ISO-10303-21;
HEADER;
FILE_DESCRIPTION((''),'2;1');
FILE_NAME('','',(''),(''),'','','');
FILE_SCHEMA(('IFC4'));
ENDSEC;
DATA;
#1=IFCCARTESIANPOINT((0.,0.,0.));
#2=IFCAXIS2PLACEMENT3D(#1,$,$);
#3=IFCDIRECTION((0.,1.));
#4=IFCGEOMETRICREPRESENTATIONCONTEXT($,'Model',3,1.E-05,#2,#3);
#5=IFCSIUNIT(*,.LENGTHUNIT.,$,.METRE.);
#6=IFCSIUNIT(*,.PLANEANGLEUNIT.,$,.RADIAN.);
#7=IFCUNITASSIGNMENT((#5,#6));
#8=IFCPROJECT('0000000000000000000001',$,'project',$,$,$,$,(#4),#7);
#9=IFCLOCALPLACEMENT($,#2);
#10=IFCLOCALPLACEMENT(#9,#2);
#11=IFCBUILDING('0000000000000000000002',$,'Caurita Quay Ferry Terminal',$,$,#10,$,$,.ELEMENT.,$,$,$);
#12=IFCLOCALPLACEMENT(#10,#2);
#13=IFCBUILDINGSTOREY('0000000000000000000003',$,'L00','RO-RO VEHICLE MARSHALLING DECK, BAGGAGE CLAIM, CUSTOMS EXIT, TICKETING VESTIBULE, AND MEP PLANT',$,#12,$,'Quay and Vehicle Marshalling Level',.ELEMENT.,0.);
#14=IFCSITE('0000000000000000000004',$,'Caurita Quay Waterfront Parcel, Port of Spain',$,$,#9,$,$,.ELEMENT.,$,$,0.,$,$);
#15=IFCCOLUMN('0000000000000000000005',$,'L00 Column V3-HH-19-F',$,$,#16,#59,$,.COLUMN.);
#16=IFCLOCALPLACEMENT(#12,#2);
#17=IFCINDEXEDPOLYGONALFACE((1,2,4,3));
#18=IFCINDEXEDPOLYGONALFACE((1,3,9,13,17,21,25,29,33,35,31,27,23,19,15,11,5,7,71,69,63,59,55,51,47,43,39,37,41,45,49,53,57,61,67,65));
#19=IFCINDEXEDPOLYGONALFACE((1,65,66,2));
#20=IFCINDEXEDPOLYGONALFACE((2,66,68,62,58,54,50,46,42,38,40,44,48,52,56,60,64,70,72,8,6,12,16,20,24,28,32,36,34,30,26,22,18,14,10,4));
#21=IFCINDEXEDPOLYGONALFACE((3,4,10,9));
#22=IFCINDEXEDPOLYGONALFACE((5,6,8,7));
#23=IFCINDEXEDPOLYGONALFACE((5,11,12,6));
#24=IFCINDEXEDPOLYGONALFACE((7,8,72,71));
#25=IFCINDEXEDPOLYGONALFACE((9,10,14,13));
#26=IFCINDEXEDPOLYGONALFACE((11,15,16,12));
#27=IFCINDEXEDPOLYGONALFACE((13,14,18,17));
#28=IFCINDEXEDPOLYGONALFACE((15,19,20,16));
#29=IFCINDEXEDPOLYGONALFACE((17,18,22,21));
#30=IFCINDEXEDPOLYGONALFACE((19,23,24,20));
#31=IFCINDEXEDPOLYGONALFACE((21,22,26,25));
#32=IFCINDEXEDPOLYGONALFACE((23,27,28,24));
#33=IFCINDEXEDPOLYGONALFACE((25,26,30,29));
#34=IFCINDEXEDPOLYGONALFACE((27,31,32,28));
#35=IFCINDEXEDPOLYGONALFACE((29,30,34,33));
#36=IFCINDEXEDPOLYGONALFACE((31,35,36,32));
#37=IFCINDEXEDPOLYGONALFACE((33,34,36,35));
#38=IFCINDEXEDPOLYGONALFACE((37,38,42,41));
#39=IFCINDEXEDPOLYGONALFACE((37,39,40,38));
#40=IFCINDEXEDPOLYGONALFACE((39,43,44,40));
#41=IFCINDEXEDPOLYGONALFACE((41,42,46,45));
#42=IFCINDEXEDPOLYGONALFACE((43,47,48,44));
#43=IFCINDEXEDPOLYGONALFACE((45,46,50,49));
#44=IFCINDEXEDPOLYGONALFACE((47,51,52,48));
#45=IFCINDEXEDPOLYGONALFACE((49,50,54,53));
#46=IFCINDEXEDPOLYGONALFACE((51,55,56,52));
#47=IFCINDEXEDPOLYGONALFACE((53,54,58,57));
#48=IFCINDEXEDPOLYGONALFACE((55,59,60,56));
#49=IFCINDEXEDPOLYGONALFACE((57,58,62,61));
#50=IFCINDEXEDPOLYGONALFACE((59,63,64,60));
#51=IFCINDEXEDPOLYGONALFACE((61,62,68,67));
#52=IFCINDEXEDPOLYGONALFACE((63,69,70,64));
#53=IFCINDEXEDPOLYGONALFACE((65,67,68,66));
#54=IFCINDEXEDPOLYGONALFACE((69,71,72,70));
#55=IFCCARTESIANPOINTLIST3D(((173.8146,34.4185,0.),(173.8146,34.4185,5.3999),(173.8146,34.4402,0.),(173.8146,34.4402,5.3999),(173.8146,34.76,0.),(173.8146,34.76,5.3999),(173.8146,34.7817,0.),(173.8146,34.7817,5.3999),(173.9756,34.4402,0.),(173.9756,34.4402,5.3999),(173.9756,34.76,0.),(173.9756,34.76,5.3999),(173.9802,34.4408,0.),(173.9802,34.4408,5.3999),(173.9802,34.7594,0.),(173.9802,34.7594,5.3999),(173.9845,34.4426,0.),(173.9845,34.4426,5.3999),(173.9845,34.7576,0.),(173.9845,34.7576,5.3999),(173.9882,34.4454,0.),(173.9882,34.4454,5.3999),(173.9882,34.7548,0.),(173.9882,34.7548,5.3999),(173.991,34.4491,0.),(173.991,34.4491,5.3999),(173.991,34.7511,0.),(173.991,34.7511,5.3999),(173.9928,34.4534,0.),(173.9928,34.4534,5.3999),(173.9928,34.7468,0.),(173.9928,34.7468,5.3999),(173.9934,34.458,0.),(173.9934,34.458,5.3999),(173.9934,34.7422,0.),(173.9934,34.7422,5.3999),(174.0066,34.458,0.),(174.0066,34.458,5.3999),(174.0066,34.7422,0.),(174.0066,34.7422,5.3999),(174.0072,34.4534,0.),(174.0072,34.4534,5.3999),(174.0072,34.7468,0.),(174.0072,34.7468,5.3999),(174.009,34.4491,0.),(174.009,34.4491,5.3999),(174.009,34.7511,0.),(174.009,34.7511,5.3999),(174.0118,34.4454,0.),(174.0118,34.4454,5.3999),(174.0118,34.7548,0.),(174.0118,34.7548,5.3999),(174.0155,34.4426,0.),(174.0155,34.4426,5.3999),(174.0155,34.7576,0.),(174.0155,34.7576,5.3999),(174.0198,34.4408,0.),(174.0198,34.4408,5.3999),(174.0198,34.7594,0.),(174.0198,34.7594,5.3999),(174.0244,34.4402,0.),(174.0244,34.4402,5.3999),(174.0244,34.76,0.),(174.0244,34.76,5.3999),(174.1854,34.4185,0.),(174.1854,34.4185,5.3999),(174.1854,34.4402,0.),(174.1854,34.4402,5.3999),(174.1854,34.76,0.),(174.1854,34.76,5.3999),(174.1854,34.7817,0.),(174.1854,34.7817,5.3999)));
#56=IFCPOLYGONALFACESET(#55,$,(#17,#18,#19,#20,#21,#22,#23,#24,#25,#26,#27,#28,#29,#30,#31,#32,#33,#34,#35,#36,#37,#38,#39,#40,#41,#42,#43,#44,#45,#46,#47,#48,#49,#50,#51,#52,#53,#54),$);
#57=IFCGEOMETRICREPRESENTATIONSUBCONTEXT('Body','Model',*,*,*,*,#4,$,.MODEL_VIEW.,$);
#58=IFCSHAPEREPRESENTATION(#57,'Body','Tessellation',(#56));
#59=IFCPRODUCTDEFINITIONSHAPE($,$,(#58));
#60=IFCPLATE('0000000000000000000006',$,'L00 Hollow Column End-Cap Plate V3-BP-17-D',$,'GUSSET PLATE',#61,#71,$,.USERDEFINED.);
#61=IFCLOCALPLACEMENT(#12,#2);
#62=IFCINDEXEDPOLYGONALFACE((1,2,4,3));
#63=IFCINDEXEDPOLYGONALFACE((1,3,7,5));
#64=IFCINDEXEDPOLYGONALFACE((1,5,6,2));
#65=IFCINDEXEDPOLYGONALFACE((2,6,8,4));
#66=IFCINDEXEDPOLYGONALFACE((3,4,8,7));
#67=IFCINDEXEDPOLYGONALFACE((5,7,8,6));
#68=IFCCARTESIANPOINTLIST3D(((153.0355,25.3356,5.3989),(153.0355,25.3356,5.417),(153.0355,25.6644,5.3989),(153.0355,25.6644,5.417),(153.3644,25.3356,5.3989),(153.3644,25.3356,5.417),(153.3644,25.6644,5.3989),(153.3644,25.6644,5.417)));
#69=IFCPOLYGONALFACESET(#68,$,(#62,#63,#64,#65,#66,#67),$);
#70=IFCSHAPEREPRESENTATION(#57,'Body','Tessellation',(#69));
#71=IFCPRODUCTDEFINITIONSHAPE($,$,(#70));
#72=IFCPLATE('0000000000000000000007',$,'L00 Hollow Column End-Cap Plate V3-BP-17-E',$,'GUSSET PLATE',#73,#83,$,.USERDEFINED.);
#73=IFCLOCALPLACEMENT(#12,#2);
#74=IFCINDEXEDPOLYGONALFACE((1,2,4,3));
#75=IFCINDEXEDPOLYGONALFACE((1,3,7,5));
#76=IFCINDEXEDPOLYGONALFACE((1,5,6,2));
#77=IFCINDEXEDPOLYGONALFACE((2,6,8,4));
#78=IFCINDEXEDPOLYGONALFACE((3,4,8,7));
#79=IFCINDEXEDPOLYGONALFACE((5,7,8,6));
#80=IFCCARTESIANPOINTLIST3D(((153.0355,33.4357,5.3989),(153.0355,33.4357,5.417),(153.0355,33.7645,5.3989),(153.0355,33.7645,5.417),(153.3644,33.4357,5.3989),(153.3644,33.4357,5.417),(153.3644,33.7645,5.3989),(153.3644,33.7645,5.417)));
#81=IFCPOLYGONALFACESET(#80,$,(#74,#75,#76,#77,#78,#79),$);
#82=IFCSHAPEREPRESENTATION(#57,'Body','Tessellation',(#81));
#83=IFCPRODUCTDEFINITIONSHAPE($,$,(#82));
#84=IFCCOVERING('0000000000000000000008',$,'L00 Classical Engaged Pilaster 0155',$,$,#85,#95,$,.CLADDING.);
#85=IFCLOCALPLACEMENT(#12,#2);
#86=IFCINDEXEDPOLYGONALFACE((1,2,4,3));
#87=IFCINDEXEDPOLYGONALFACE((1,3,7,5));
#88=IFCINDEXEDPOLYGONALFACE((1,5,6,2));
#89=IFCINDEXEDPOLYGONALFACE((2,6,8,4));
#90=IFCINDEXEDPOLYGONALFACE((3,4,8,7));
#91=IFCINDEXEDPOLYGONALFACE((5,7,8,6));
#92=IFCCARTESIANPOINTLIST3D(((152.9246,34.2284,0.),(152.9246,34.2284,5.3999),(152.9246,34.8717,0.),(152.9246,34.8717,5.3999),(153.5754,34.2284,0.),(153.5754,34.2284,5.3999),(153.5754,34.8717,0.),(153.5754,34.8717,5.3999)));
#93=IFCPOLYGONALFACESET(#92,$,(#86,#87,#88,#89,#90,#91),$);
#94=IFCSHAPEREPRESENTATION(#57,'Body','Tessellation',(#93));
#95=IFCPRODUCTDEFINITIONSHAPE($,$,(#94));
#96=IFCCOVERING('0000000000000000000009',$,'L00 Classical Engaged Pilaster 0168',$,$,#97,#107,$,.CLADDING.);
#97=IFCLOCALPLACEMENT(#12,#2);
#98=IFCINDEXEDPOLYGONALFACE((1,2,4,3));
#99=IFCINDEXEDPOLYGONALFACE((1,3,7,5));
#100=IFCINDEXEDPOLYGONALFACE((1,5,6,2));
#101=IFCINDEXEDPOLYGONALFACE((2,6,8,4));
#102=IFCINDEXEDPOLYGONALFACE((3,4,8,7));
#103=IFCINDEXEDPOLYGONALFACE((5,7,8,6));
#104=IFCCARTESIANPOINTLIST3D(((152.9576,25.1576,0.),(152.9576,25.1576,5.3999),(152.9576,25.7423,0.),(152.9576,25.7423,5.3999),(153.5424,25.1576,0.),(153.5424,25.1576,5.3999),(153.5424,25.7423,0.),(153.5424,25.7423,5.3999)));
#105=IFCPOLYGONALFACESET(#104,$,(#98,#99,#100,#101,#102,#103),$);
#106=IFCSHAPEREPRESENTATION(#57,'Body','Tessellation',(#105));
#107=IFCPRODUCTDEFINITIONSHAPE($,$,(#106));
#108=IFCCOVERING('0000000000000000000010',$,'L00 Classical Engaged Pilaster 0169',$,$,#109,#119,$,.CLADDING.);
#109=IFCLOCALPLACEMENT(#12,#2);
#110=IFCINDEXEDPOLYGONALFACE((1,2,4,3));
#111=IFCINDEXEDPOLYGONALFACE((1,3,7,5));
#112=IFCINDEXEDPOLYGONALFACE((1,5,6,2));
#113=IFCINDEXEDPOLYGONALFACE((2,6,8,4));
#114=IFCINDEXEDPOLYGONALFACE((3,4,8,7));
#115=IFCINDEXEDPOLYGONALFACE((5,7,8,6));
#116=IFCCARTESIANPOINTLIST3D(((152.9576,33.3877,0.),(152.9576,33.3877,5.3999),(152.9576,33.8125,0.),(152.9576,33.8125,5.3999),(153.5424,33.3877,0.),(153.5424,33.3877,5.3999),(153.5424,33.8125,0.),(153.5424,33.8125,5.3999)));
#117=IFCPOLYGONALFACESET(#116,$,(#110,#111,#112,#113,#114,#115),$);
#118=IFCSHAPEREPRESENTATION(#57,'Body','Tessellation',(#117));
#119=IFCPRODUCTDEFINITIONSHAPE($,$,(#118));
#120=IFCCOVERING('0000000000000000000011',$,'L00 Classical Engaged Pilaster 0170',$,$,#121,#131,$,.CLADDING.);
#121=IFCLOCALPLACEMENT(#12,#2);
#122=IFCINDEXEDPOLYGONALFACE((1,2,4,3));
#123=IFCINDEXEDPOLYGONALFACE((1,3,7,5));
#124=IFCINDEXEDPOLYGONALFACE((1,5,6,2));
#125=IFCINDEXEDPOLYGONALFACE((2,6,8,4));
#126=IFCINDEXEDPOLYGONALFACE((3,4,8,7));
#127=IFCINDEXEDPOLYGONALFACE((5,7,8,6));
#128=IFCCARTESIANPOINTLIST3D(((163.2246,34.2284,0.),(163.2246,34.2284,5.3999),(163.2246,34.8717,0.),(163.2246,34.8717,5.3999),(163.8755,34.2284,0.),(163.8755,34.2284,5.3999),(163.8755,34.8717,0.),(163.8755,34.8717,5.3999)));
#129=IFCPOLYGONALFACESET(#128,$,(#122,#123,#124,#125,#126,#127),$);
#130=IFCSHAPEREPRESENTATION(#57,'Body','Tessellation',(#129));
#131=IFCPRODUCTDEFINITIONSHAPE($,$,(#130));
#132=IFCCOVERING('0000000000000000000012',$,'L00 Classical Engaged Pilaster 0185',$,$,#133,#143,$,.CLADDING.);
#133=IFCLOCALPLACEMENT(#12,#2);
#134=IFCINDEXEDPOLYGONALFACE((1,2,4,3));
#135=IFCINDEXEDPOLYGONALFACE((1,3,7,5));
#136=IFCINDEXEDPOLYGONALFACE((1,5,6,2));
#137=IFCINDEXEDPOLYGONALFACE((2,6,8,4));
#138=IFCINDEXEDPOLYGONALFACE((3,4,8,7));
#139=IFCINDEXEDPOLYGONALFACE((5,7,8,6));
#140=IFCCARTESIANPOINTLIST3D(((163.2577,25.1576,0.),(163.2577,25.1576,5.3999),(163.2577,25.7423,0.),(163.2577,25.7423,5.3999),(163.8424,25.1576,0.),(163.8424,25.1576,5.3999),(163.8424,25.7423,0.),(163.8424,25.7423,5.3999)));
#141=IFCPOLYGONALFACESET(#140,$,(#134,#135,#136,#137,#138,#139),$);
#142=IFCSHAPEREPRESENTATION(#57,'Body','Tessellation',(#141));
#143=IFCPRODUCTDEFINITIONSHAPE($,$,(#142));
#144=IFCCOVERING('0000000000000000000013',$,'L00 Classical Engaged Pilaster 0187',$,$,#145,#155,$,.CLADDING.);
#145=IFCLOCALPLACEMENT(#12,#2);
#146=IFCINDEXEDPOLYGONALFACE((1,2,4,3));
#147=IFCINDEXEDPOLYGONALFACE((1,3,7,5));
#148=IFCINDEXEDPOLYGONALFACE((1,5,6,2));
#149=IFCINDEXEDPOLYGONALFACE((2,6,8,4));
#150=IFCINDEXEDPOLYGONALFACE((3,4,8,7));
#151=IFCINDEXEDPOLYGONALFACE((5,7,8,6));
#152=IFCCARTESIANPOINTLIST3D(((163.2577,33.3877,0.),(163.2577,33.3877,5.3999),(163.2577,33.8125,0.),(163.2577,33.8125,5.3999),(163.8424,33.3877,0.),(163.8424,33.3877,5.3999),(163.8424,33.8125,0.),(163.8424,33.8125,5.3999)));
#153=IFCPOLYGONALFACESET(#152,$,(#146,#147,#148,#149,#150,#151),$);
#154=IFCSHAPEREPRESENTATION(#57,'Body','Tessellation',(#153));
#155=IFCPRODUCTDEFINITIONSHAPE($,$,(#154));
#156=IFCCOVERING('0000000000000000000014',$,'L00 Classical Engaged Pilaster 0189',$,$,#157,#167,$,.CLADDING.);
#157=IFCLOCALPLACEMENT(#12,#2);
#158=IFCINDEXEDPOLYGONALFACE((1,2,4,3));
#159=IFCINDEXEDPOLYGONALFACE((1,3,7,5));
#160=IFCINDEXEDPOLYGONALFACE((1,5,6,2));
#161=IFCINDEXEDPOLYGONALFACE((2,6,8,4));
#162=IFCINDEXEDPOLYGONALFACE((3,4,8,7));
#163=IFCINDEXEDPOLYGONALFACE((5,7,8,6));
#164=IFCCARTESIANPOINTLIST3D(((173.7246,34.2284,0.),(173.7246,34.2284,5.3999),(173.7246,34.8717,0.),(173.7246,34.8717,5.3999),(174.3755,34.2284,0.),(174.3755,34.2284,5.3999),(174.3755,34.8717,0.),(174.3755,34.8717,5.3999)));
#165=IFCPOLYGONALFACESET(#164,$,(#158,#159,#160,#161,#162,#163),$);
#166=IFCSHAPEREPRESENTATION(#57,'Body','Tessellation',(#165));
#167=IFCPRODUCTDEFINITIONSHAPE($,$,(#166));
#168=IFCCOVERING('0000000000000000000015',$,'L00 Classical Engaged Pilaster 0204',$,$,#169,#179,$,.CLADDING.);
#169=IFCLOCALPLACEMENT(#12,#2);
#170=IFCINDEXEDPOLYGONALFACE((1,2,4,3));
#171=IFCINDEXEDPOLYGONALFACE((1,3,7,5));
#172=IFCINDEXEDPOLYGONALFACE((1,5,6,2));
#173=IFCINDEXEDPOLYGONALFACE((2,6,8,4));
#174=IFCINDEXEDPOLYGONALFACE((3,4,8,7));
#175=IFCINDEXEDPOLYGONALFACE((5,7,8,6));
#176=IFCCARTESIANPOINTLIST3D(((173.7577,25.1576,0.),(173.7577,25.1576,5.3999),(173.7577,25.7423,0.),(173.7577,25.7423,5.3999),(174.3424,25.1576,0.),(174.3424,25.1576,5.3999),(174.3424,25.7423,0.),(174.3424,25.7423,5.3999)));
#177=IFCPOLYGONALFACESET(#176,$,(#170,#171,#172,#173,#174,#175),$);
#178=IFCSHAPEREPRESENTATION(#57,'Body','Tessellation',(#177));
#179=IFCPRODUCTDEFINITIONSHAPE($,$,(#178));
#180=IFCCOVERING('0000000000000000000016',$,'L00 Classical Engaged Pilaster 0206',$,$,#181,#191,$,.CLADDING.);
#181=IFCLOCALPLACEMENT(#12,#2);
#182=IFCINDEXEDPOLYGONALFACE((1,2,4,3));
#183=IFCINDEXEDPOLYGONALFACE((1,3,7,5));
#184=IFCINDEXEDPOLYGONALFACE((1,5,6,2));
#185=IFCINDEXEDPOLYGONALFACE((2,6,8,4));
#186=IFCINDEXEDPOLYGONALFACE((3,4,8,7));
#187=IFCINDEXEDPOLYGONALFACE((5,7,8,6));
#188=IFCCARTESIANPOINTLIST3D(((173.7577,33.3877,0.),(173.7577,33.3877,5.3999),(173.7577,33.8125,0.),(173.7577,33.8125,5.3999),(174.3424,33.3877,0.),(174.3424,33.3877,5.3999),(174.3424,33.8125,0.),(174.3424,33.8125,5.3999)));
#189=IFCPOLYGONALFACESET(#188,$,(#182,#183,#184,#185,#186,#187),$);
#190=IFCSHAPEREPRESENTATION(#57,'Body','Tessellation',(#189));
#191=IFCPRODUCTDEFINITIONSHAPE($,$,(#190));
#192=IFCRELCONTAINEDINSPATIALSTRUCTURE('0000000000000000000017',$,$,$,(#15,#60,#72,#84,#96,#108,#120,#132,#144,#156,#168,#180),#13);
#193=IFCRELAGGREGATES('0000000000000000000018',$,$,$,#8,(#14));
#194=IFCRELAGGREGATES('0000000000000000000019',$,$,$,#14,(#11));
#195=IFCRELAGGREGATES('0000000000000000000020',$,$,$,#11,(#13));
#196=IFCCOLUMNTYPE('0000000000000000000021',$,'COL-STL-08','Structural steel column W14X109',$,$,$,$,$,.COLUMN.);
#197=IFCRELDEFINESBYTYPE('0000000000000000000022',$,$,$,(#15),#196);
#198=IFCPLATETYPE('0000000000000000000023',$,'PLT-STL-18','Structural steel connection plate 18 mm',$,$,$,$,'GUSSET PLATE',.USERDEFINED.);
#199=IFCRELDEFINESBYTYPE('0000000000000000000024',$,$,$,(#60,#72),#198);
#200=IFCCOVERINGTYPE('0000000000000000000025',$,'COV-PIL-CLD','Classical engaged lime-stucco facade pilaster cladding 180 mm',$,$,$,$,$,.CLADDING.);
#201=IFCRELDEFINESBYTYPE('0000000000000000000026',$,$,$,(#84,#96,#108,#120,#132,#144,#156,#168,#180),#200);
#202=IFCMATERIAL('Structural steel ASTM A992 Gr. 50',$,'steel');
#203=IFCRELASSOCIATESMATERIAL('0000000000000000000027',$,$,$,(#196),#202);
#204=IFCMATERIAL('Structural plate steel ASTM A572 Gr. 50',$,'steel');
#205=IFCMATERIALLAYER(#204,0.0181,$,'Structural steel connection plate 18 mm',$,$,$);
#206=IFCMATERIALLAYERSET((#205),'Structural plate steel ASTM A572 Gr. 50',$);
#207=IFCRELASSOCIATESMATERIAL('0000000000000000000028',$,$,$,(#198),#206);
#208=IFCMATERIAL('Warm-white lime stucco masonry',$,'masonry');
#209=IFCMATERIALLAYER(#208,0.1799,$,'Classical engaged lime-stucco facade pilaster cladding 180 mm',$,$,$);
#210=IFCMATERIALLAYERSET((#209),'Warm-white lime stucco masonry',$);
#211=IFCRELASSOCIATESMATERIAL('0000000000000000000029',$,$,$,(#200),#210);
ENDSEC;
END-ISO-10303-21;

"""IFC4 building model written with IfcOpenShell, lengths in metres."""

from ifc_helpers import new_model, si_unit, direction, frame, origin, origin_2d, place, context, subcontext, project, spatial, rectangle, i_section, extrude, material, layer, layer_set, material_profile, profile_set, type_object, element, save


model = new_model("IFC4")

# Units and contexts
model_context = context("Model", 3, precision=1e-05, world=origin(), true_north=direction((0.0, 1.0)))
body_context = subcontext(model_context, "Body", "Model", "MODEL_VIEW")
ifc_project = project(units=[si_unit("LENGTHUNIT", "METRE"), si_unit("PLANEANGLEUNIT", "RADIAN")], contexts=[model_context])

# Site, building, storey
site_placement = place(None, origin())
site = spatial("IfcSite", under=ifc_project, at=site_placement, Name="Caurita Quay Waterfront Parcel, Port of Spain", CompositionType="ELEMENT", RefElevation=0.0)
building_placement = place(site_placement, origin())
building = spatial("IfcBuilding", under=site, at=building_placement, Name="Caurita Quay Ferry Terminal", CompositionType="ELEMENT")
storey_placement = place(building_placement, origin())
storey = spatial("IfcBuildingStorey", under=building, at=storey_placement, Name="L00", Description="RO-RO VEHICLE MARSHALLING DECK, BAGGAGE CLAIM, CUSTOMS EXIT, TICKETING VESTIBULE, AND MEP PLANT", LongName="Quay and Vehicle Marshalling Level", CompositionType="ELEMENT", Elevation=0.0)

# Column
ifc_material_1 = material(Name="Structural steel ASTM A992 Gr. 50", Category="steel")
ifc_material_profile_1 = material_profile(ifc_material_1, i_section(OverallWidth=0.3708, OverallDepth=0.3633, WebThickness=0.0132, FlangeThickness=0.0217, FilletRadius=0.0178, at=origin_2d()), Name="W14X109")
ifc_profile_set_1 = profile_set([ifc_material_profile_1], Name="Structural steel ASTM A992 Gr. 50")
column_type_1 = type_object("IfcColumnType", Name="COL-STL-08", Description="Structural steel column W14X109", PredefinedType="COLUMN", material=ifc_profile_set_1)
for number, where, z_axis, x_axis, name in (
    (1, (174.0, 34.6001, 0.0), (0.0, 0.0, 1.0), (1.0, 0.0, 0.0), "L00 Column V3-HH-19-F"),
):
    element("IfcColumn", number, at=place(storey_placement, frame(where, z_axis=z_axis, x_axis=x_axis)), inside=storey, type_object=column_type_1, Name=name, PredefinedType="COLUMN", context=body_context, shape_type="SweptSolid", body=[
        extrude(i_section(OverallWidth=0.3708, OverallDepth=0.3633, WebThickness=0.0132, FlangeThickness=0.0217, FilletRadius=0.0178, at=origin_2d()), origin(), (0.0, 0.0, 1.0), 5.3999),
    ])

# Plates
ifc_material_2 = material(Name="Structural plate steel ASTM A572 Gr. 50", Category="steel")
ifc_layer_1 = layer(ifc_material_2, 0.0181, Name="Structural steel connection plate 18 mm")
ifc_layer_set_1 = layer_set([ifc_layer_1], Name="Structural plate steel ASTM A572 Gr. 50")
plate_type = type_object("IfcPlateType", Name="PLT-STL-18", Description="Structural steel connection plate 18 mm", ElementType="GUSSET PLATE", PredefinedType="USERDEFINED", material=ifc_layer_set_1)
for number, where, z_axis, x_axis, name in (
    (2, (153.2, 25.5, 5.3989), (0.0, 0.0, 1.0), (1.0, 0.0, 0.0), "L00 Hollow Column End-Cap Plate V3-BP-17-D"),
    (3, (153.2, 33.6001, 5.3989), (0.0, 0.0, 1.0), (1.0, 0.0, 0.0), "L00 Hollow Column End-Cap Plate V3-BP-17-E"),
):
    element("IfcPlate", number, at=place(storey_placement, frame(where, z_axis=z_axis, x_axis=x_axis)), inside=storey, type_object=plate_type, Name=name, ObjectType="GUSSET PLATE", PredefinedType="USERDEFINED", context=body_context, shape_type="SweptSolid", body=[
        extrude(rectangle(XDim=0.3289, YDim=0.3289, at=origin_2d()), origin(), (0.0, 0.0, 1.0), 0.0181),
    ])

# Coverings
ifc_material_3 = material(Name="Warm-white lime stucco masonry", Category="masonry")
ifc_layer_2 = layer(ifc_material_3, 0.1799, Name="Classical engaged lime-stucco facade pilaster cladding 180 mm")
ifc_layer_set_2 = layer_set([ifc_layer_2], Name="Warm-white lime stucco masonry")
covering_type = type_object("IfcCoveringType", Name="COV-PIL-CLD", Description="Classical engaged lime-stucco facade pilaster cladding 180 mm", PredefinedType="CLADDING", material=ifc_layer_set_2)
covering_1_placement = place(storey_placement, frame((153.25, 34.55, 0.0), z_axis=(0.0, 0.0, 1.0), x_axis=(1.0, 0.0, 0.0)))
element("IfcCovering", 4, at=covering_1_placement, inside=storey, type_object=covering_type, Name="L00 Classical Engaged Pilaster 0155", PredefinedType="CLADDING", context=body_context, shape_type="SweptSolid", body=[
    extrude(rectangle(XDim=0.6509, YDim=0.6433, at=origin_2d()), origin(), (0.0, 0.0, 1.0), 5.3999),
])
covering_2_placement = place(storey_placement, frame((153.25, 25.45, 0.0), z_axis=(0.0, 0.0, 1.0), x_axis=(1.0, 0.0, 0.0)))
element("IfcCovering", 5, at=covering_2_placement, inside=storey, type_object=covering_type, Name="L00 Classical Engaged Pilaster 0168", PredefinedType="CLADDING", context=body_context, shape_type="SweptSolid", body=[
    extrude(rectangle(XDim=0.5847, YDim=0.5847, at=origin_2d()), origin(), (0.0, 0.0, 1.0), 5.3999),
])
covering_3_placement = place(storey_placement, frame((153.25, 33.6001, 0.0), z_axis=(0.0, 0.0, 1.0), x_axis=(1.0, 0.0, 0.0)))
element("IfcCovering", 6, at=covering_3_placement, inside=storey, type_object=covering_type, Name="L00 Classical Engaged Pilaster 0169", PredefinedType="CLADDING", context=body_context, shape_type="SweptSolid", body=[
    extrude(rectangle(XDim=0.5847, YDim=0.4248, at=origin_2d()), origin(), (0.0, 0.0, 1.0), 5.3999),
])
covering_4_placement = place(storey_placement, frame((163.55, 34.55, 0.0), z_axis=(0.0, 0.0, 1.0), x_axis=(1.0, 0.0, 0.0)))
element("IfcCovering", 7, at=covering_4_placement, inside=storey, type_object=covering_type, Name="L00 Classical Engaged Pilaster 0170", PredefinedType="CLADDING", context=body_context, shape_type="SweptSolid", body=[
    extrude(rectangle(XDim=0.6509, YDim=0.6433, at=origin_2d()), origin(), (0.0, 0.0, 1.0), 5.3999),
])
covering_5_placement = place(storey_placement, frame((163.55, 25.45, 0.0), z_axis=(0.0, 0.0, 1.0), x_axis=(1.0, 0.0, 0.0)))
element("IfcCovering", 8, at=covering_5_placement, inside=storey, type_object=covering_type, Name="L00 Classical Engaged Pilaster 0185", PredefinedType="CLADDING", context=body_context, shape_type="SweptSolid", body=[
    extrude(rectangle(XDim=0.5847, YDim=0.5847, at=origin_2d()), origin(), (0.0, 0.0, 1.0), 5.3999),
])
covering_6_placement = place(storey_placement, frame((163.55, 33.6001, 0.0), z_axis=(0.0, 0.0, 1.0), x_axis=(1.0, 0.0, 0.0)))
element("IfcCovering", 9, at=covering_6_placement, inside=storey, type_object=covering_type, Name="L00 Classical Engaged Pilaster 0187", PredefinedType="CLADDING", context=body_context, shape_type="SweptSolid", body=[
    extrude(rectangle(XDim=0.5847, YDim=0.4248, at=origin_2d()), origin(), (0.0, 0.0, 1.0), 5.3999),
])
covering_7_placement = place(storey_placement, frame((174.05, 34.55, 0.0), z_axis=(0.0, 0.0, 1.0), x_axis=(1.0, 0.0, 0.0)))
element("IfcCovering", 10, at=covering_7_placement, inside=storey, type_object=covering_type, Name="L00 Classical Engaged Pilaster 0189", PredefinedType="CLADDING", context=body_context, shape_type="SweptSolid", body=[
    extrude(rectangle(XDim=0.6509, YDim=0.6433, at=origin_2d()), origin(), (0.0, 0.0, 1.0), 5.3999),
])
covering_8_placement = place(storey_placement, frame((174.05, 25.45, 0.0), z_axis=(0.0, 0.0, 1.0), x_axis=(1.0, 0.0, 0.0)))
element("IfcCovering", 11, at=covering_8_placement, inside=storey, type_object=covering_type, Name="L00 Classical Engaged Pilaster 0204", PredefinedType="CLADDING", context=body_context, shape_type="SweptSolid", body=[
    extrude(rectangle(XDim=0.5847, YDim=0.5847, at=origin_2d()), origin(), (0.0, 0.0, 1.0), 5.3999),
])
covering_9_placement = place(storey_placement, frame((174.05, 33.6001, 0.0), z_axis=(0.0, 0.0, 1.0), x_axis=(1.0, 0.0, 0.0)))
element("IfcCovering", 12, at=covering_9_placement, inside=storey, type_object=covering_type, Name="L00 Classical Engaged Pilaster 0206", PredefinedType="CLADDING", context=body_context, shape_type="SweptSolid", body=[
    extrude(rectangle(XDim=0.5847, YDim=0.4248, at=origin_2d()), origin(), (0.0, 0.0, 1.0), 5.3999),
])

save(model, "model.ifc")
